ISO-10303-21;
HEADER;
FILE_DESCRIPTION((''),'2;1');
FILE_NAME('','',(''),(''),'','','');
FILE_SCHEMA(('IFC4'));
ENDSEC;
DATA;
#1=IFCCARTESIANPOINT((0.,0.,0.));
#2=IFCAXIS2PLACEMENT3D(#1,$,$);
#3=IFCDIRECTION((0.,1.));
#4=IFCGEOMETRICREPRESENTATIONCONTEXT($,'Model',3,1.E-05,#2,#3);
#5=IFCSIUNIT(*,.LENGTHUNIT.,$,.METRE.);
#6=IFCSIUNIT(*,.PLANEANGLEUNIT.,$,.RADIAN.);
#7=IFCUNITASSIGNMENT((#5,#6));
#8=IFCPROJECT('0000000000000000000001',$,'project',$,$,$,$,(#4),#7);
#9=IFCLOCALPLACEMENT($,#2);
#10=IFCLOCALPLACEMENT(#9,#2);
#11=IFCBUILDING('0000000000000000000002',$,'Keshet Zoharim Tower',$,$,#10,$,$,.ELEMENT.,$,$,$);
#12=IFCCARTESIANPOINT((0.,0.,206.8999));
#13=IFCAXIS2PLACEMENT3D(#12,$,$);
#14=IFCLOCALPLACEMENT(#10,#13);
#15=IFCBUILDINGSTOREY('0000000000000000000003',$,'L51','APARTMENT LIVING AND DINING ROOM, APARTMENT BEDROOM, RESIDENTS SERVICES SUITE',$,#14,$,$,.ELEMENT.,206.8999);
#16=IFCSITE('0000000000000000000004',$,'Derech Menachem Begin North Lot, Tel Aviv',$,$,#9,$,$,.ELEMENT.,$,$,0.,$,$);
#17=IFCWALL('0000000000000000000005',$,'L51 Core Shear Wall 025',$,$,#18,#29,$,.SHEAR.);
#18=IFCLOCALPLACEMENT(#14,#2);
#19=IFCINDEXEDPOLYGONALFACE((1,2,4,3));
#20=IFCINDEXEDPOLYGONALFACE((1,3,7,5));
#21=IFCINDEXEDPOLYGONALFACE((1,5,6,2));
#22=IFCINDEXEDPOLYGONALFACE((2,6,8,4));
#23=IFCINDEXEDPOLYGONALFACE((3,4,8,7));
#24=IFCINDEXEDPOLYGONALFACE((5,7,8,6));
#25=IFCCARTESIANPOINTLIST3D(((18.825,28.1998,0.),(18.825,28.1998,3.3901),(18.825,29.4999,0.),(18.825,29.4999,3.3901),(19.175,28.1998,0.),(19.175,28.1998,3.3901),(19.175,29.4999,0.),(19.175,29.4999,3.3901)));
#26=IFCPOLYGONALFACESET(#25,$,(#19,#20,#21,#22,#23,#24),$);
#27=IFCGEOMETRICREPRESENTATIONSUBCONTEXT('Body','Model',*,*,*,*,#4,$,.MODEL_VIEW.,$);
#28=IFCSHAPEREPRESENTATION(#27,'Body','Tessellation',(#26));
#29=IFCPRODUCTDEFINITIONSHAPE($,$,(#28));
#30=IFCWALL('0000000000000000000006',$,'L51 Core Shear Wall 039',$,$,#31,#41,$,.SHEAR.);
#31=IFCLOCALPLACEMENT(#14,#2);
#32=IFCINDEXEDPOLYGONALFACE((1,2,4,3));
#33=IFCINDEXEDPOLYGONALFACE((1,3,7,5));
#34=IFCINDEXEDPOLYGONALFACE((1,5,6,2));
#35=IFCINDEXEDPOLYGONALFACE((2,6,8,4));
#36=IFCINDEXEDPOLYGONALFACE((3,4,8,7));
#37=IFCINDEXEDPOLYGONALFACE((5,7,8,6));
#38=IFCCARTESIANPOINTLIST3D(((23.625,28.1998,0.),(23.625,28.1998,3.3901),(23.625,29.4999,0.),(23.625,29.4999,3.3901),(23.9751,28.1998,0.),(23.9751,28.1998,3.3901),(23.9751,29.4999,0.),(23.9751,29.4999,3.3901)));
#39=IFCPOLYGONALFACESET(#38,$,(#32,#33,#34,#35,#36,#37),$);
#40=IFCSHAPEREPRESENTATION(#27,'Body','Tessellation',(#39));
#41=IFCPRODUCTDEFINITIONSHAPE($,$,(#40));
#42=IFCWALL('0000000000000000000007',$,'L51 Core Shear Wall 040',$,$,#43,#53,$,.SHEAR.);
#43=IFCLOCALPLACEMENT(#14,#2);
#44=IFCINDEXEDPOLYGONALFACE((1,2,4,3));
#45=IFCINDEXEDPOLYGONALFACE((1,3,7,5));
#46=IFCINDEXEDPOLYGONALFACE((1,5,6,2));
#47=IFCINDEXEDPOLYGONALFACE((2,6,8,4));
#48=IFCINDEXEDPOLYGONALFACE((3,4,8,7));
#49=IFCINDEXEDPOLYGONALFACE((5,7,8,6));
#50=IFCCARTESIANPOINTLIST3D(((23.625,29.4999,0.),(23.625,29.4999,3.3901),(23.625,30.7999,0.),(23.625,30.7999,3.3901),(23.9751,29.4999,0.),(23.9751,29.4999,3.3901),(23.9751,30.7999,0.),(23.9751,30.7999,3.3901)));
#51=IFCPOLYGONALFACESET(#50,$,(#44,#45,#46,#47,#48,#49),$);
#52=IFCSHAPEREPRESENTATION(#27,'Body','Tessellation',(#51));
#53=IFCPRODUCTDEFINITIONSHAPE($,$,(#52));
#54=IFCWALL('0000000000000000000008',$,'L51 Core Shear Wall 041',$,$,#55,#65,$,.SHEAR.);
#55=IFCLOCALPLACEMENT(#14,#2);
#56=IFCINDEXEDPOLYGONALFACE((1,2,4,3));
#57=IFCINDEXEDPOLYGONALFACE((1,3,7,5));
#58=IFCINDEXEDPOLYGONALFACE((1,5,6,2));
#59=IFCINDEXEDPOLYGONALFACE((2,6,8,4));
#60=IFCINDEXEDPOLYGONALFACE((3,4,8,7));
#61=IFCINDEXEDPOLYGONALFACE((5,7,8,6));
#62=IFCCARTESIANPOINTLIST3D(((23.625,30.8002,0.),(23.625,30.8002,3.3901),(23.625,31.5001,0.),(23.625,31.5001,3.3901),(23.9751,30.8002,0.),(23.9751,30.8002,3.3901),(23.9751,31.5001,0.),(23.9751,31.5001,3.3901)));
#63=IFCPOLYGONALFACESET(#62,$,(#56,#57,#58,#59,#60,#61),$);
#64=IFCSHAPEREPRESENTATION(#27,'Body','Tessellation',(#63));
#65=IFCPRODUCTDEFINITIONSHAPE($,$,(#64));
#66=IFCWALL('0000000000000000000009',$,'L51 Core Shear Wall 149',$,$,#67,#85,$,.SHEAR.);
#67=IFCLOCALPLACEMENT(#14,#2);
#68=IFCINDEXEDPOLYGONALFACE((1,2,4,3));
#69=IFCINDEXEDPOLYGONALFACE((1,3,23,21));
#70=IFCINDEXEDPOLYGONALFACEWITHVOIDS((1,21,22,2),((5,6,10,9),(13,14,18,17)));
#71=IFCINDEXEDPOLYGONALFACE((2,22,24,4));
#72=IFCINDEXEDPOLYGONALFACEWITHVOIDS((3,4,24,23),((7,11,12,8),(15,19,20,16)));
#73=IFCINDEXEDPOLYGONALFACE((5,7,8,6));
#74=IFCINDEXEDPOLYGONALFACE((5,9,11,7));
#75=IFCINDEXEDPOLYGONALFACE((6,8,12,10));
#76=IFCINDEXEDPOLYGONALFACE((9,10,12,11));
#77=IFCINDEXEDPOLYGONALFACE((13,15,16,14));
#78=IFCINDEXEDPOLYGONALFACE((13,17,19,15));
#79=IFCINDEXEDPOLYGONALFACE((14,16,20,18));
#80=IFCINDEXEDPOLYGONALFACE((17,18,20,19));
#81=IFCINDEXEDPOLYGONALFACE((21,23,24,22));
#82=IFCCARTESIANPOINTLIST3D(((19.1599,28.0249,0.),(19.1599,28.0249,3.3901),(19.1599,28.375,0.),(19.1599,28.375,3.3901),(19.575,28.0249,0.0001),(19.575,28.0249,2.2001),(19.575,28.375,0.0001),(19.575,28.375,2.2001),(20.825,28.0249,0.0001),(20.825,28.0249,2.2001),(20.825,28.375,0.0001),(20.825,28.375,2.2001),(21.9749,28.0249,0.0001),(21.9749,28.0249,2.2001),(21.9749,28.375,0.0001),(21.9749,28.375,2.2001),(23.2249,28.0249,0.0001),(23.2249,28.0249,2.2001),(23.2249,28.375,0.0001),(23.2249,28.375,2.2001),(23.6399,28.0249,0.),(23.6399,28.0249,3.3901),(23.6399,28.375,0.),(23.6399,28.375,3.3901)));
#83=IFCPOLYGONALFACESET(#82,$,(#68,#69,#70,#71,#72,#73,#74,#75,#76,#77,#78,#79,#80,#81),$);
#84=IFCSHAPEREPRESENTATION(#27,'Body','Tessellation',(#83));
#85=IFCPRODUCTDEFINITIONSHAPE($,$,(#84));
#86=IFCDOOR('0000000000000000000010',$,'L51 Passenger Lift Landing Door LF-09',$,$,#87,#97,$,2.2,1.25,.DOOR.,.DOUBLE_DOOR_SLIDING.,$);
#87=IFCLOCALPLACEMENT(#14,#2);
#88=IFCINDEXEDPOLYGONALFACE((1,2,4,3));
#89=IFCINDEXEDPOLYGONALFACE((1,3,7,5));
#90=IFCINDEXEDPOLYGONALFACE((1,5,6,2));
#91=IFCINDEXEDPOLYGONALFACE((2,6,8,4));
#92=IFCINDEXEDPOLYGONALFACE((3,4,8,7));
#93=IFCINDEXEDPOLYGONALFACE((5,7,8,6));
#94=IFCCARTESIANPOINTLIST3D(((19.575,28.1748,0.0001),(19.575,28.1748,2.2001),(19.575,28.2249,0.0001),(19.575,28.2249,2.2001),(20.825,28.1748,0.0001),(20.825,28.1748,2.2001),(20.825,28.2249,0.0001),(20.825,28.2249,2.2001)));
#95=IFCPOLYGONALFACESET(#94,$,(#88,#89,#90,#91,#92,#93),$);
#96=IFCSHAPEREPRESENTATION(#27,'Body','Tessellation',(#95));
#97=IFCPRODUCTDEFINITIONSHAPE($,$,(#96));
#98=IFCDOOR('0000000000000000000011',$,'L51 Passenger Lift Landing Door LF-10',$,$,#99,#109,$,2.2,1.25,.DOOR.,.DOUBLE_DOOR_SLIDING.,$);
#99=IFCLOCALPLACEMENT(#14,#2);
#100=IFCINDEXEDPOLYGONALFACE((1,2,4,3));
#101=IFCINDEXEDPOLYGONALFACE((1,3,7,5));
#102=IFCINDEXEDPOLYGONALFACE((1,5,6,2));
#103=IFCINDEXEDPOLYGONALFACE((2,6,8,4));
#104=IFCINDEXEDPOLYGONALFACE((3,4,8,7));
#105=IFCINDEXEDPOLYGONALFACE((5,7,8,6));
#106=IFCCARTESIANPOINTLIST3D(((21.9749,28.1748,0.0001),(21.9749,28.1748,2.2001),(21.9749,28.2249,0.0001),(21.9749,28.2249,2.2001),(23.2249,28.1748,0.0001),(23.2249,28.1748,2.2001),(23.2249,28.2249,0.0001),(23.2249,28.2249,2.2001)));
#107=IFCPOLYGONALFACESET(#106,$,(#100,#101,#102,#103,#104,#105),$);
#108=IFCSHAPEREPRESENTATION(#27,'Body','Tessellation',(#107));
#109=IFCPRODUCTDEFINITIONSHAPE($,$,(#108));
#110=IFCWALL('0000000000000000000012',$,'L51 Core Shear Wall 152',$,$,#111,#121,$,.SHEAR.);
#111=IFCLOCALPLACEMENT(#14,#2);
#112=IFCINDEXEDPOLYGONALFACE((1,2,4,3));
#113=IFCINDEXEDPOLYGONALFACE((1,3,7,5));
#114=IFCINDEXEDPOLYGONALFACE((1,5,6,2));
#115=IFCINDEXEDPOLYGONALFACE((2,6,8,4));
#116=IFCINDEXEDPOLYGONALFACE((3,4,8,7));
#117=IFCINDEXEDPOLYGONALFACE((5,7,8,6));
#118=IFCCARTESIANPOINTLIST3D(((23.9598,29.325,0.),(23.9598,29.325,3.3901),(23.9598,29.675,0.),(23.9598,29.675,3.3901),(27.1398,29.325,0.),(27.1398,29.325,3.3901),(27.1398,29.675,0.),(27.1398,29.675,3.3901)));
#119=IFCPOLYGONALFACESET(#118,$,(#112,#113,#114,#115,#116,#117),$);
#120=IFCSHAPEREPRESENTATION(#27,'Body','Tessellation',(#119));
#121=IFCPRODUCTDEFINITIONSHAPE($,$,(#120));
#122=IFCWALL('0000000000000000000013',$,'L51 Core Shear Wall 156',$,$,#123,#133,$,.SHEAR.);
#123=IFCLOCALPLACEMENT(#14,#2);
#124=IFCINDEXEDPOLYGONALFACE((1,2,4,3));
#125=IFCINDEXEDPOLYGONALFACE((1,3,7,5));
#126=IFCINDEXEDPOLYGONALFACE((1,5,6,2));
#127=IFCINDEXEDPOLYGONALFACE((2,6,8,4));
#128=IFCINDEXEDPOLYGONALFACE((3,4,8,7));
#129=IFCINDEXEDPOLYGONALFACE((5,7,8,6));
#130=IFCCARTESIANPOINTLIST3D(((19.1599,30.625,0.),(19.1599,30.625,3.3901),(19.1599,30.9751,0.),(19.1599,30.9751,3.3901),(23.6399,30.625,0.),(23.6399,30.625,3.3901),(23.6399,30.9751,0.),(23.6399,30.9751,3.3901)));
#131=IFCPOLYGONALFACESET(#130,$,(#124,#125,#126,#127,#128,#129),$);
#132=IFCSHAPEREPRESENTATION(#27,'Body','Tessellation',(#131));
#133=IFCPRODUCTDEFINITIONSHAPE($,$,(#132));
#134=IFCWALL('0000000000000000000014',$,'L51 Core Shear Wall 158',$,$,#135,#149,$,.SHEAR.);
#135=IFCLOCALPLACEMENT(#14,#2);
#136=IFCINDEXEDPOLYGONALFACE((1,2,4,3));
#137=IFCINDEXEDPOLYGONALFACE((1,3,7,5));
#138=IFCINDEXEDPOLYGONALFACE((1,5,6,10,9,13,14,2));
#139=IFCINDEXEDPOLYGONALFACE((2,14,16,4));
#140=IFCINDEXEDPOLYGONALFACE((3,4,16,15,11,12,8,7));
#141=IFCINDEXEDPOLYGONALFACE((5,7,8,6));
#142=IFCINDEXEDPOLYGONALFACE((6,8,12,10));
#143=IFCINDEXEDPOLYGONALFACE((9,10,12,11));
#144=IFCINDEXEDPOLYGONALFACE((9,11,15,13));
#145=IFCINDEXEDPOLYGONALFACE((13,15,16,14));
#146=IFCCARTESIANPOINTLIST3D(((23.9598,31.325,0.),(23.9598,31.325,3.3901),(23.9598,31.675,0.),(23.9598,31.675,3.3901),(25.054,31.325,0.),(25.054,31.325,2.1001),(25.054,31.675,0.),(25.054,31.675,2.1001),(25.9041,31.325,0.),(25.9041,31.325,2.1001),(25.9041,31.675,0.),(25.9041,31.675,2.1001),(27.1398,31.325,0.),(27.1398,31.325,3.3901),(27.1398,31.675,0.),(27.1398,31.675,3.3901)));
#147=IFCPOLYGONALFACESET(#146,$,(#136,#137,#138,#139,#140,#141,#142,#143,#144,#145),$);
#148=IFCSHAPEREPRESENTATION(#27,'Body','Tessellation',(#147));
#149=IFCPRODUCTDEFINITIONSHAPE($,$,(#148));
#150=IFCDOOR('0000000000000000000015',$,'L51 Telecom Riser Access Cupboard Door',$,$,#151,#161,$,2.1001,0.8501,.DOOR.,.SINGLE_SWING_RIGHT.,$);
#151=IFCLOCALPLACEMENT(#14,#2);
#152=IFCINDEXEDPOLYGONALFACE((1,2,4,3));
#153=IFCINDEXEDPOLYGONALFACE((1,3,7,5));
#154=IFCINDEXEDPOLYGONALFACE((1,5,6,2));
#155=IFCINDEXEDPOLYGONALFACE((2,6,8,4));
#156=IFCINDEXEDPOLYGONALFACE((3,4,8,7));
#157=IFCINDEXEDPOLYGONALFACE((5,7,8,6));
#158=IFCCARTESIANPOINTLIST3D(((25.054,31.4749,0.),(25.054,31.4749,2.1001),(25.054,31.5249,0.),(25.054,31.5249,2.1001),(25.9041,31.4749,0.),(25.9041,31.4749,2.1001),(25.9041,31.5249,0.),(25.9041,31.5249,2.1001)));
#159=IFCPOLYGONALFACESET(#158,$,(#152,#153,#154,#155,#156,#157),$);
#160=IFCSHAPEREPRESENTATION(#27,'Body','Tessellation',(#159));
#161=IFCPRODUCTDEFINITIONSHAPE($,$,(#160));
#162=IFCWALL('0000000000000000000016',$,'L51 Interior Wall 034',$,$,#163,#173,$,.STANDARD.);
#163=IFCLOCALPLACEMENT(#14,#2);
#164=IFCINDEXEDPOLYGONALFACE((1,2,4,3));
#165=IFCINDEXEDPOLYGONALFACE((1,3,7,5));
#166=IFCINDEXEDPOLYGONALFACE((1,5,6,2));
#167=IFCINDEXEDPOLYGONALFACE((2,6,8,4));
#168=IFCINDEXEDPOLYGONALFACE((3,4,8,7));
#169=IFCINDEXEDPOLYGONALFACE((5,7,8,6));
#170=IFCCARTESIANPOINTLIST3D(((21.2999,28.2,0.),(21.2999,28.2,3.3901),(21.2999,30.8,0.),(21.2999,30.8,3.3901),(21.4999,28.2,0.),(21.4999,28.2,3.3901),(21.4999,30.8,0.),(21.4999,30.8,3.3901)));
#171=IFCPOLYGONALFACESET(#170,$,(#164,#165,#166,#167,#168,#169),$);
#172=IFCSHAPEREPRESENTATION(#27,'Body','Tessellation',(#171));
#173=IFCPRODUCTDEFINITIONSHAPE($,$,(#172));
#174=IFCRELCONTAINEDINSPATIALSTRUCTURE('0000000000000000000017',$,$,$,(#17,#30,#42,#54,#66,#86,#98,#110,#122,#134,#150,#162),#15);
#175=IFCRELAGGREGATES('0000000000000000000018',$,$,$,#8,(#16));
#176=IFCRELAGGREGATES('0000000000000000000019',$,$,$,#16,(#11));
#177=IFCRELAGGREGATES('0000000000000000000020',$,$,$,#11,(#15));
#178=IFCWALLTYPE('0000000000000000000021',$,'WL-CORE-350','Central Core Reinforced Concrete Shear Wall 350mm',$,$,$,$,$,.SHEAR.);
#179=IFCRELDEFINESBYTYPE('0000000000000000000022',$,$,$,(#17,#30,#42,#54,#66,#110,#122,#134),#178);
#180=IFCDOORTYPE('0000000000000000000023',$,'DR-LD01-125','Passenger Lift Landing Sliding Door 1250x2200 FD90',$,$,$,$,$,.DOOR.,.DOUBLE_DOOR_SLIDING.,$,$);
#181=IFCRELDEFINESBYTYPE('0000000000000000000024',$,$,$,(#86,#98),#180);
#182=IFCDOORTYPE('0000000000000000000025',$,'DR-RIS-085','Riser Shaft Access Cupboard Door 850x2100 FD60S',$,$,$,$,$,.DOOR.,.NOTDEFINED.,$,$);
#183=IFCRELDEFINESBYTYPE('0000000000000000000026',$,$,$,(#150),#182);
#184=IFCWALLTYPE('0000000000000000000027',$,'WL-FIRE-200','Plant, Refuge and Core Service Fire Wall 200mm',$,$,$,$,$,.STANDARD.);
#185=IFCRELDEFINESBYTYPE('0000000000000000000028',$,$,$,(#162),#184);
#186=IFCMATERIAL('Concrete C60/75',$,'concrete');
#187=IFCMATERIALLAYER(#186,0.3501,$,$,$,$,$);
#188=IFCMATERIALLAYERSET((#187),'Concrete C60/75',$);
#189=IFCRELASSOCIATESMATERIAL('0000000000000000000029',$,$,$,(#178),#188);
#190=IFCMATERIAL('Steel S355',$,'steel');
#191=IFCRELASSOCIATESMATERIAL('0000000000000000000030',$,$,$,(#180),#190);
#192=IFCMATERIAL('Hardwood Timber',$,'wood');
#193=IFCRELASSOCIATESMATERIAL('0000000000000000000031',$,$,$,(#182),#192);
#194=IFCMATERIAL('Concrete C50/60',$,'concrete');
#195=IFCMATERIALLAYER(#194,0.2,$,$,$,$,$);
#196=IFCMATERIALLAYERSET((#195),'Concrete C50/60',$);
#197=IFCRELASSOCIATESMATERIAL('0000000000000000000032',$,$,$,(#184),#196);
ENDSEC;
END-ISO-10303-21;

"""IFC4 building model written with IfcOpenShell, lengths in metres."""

from ifc_helpers import new_model, si_unit, direction, frame, frame_2d, origin, place, context, subcontext, project, spatial, rectangle, extrude, material, layer, layer_set, type_object, element, fill, save


model = new_model("IFC4")

# Units and contexts
model_context = context("Model", 3, precision=1e-05, world=origin(), true_north=direction((0.0, 1.0)))
body_context = subcontext(model_context, "Body", "Model", "MODEL_VIEW")
ifc_project = project(units=[si_unit("LENGTHUNIT", "METRE"), si_unit("PLANEANGLEUNIT", "RADIAN")], contexts=[model_context])

# Site, building, storey
site_placement = place(None, origin())
site = spatial("IfcSite", under=ifc_project, at=site_placement, Name="Derech Menachem Begin North Lot, Tel Aviv", CompositionType="ELEMENT", RefElevation=0.0)
building_placement = place(site_placement, origin())
building = spatial("IfcBuilding", under=site, at=building_placement, Name="Keshet Zoharim Tower", CompositionType="ELEMENT")
storey_placement = place(building_placement, frame((0.0, 0.0, 206.8999)))
storey = spatial("IfcBuildingStorey", under=building, at=storey_placement, Name="L51", Description="APARTMENT LIVING AND DINING ROOM, APARTMENT BEDROOM, RESIDENTS SERVICES SUITE", CompositionType="ELEMENT", Elevation=206.8999)

# Wall
ifc_material_1 = material(Name="Concrete C60/75", Category="concrete")
ifc_layer_1 = layer(ifc_material_1, 0.3501)
ifc_layer_set_1 = layer_set([ifc_layer_1], Name="Concrete C60/75")
wall_type_1 = type_object("IfcWallType", Name="WL-CORE-350", Description="Central Core Reinforced Concrete Shear Wall 350mm", PredefinedType="SHEAR", material=ifc_layer_set_1)
wall_1_placement = place(storey_placement, frame((19.0, 28.2, 0.0), z_axis=(0.0, 0.0, 1.0), x_axis=(0.0, 1.0, 0.0)))
element("IfcWall", 1, at=wall_1_placement, inside=storey, type_object=wall_type_1, Name="L51 Core Shear Wall 025", PredefinedType="SHEAR", context=body_context, shape_type="SweptSolid", body=[
    extrude(rectangle(XDim=1.3, YDim=0.3501, at=frame_2d((0.6499, 0.0))), origin(), (0.0, 0.0, 1.0), 3.3901),
])

# Shared definitions
ifc_material_2 = material(Name="Hardwood Timber", Category="wood")

# Walls
for number, where, z_axis, x_axis, name in (
    (2, (23.8, 28.2, 0.0), (0.0, 0.0, 1.0), (0.0, 1.0, 0.0), "L51 Core Shear Wall 039"),
    (3, (23.8, 29.5, 0.0), (0.0, 0.0, 1.0), (0.0, 1.0, 0.0), "L51 Core Shear Wall 040"),
):
    element("IfcWall", number, at=place(storey_placement, frame(where, z_axis=z_axis, x_axis=x_axis)), inside=storey, type_object=wall_type_1, Name=name, PredefinedType="SHEAR", context=body_context, shape_type="SweptSolid", body=[
        extrude(rectangle(XDim=1.3, YDim=0.3501, at=frame_2d((0.6499, 0.0))), origin(), (0.0, 0.0, 1.0), 3.3901),
    ])
wall_2_placement = place(storey_placement, frame((23.8, 30.8, 0.0), z_axis=(0.0, 0.0, 1.0), x_axis=(0.0, 1.0, 0.0)))
element("IfcWall", 4, at=wall_2_placement, inside=storey, type_object=wall_type_1, Name="L51 Core Shear Wall 041", PredefinedType="SHEAR", context=body_context, shape_type="SweptSolid", body=[
    extrude(rectangle(XDim=0.7, YDim=0.3501, at=frame_2d((0.3501, 0.0))), origin(), (0.0, 0.0, 1.0), 3.3901),
])

# Wall, openings, doors
wall_3_placement = place(storey_placement, frame((19.1599, 28.2, 0.0), z_axis=(0.0, 0.0, 1.0), x_axis=(1.0, 0.0, 0.0)))
wall_3 = element("IfcWall", 5, at=wall_3_placement, inside=storey, type_object=wall_type_1, Name="L51 Core Shear Wall 149", PredefinedType="SHEAR", context=body_context, shape_type="SweptSolid", body=[
    extrude(rectangle(XDim=4.48, YDim=0.3501, at=frame_2d((2.24, 0.0))), origin(), (0.0, 0.0, 1.0), 3.3901),
])
opening_1_placement = place(wall_3_placement, frame((0.415, 0.0, 0.0)))
opening_1 = element("IfcOpeningElement", 6, at=opening_1_placement, cuts=wall_3, PredefinedType="OPENING", context=body_context, shape_type="SweptSolid", body=[
    extrude(rectangle(XDim=1.25, YDim=2.2, at=frame_2d((0.625, 1.1001))), frame((0.0, 0.1851, 0.0), z_axis=(0.0, -1.0, 0.0), x_axis=(1.0, 0.0, 0.0)), (0.0, 0.0, 1.0), 0.3701),
])
opening_2_placement = place(wall_3_placement, frame((2.8149, 0.0, 0.0)))
opening_2 = element("IfcOpeningElement", 7, at=opening_2_placement, cuts=wall_3, PredefinedType="OPENING", context=body_context, shape_type="SweptSolid", body=[
    extrude(rectangle(XDim=1.25, YDim=2.2, at=frame_2d((0.625, 1.1001))), frame((0.0, 0.1851, 0.0), z_axis=(0.0, -1.0, 0.0), x_axis=(1.0, 0.0, 0.0)), (0.0, 0.0, 1.0), 0.3701),
])
ifc_material_3 = material(Name="Steel S355", Category="steel")
door_type_1 = type_object("IfcDoorType", Name="DR-LD01-125", Description="Passenger Lift Landing Sliding Door 1250x2200 FD90", OperationType="DOUBLE_DOOR_SLIDING", PredefinedType="DOOR", material=ifc_material_3)
door_1_placement = place(opening_1_placement, origin())
door_1 = element("IfcDoor", 8, at=door_1_placement, inside=storey, type_object=door_type_1, Name="L51 Passenger Lift Landing Door LF-09", OperationType="DOUBLE_DOOR_SLIDING", OverallHeight=2.2, OverallWidth=1.25, PredefinedType="DOOR", context=body_context, shape_type="SweptSolid", body=[
    extrude(rectangle(XDim=1.25, YDim=2.2, at=frame_2d((0.625, 1.1001))), frame((0.0, 0.0249, 0.0), z_axis=(0.0, -1.0, 0.0), x_axis=(1.0, 0.0, 0.0)), (0.0, 0.0, 1.0), 0.05),
])
fill(opening_1, door_1)
door_2_placement = place(opening_2_placement, origin())
door_2 = element("IfcDoor", 9, at=door_2_placement, inside=storey, type_object=door_type_1, Name="L51 Passenger Lift Landing Door LF-10", OperationType="DOUBLE_DOOR_SLIDING", OverallHeight=2.2, OverallWidth=1.25, PredefinedType="DOOR", context=body_context, shape_type="SweptSolid", body=[
    extrude(rectangle(XDim=1.25, YDim=2.2, at=frame_2d((0.625, 1.1001))), frame((0.0, 0.0249, 0.0), z_axis=(0.0, -1.0, 0.0), x_axis=(1.0, 0.0, 0.0)), (0.0, 0.0, 1.0), 0.05),
])
fill(opening_2, door_2)

# Walls
wall_4_placement = place(storey_placement, frame((23.96, 29.5, 0.0), z_axis=(0.0, 0.0, 1.0), x_axis=(1.0, 0.0, 0.0)))
element("IfcWall", 10, at=wall_4_placement, inside=storey, type_object=wall_type_1, Name="L51 Core Shear Wall 152", PredefinedType="SHEAR", context=body_context, shape_type="SweptSolid", body=[
    extrude(rectangle(XDim=3.1799, YDim=0.3501, at=frame_2d((1.5898, 0.0))), origin(), (0.0, 0.0, 1.0), 3.3901),
])
wall_5_placement = place(storey_placement, frame((19.1599, 30.8, 0.0), z_axis=(0.0, 0.0, 1.0), x_axis=(1.0, 0.0, 0.0)))
element("IfcWall", 11, at=wall_5_placement, inside=storey, type_object=wall_type_1, Name="L51 Core Shear Wall 156", PredefinedType="SHEAR", context=body_context, shape_type="SweptSolid", body=[
    extrude(rectangle(XDim=4.48, YDim=0.3501, at=frame_2d((2.24, 0.0))), origin(), (0.0, 0.0, 1.0), 3.3901),
])

# Wall, opening, door
wall_6_placement = place(storey_placement, frame((23.96, 31.5, 0.0), z_axis=(0.0, 0.0, 1.0), x_axis=(1.0, 0.0, 0.0)))
wall_6 = element("IfcWall", 12, at=wall_6_placement, inside=storey, type_object=wall_type_1, Name="L51 Core Shear Wall 158", PredefinedType="SHEAR", context=body_context, shape_type="SweptSolid", body=[
    extrude(rectangle(XDim=3.1799, YDim=0.3501, at=frame_2d((1.5898, 0.0))), origin(), (0.0, 0.0, 1.0), 3.3901),
])
opening_3_placement = place(wall_6_placement, frame((1.094, 0.0, 0.0)))
opening_3 = element("IfcOpeningElement", 13, at=opening_3_placement, cuts=wall_6, PredefinedType="OPENING", context=body_context, shape_type="SweptSolid", body=[
    extrude(rectangle(XDim=0.8501, YDim=2.1001, at=frame_2d((0.425, 1.05))), frame((0.0, 0.1851, 0.0), z_axis=(0.0, -1.0, 0.0), x_axis=(1.0, 0.0, 0.0)), (0.0, 0.0, 1.0), 0.3701),
])
door_type_2 = type_object("IfcDoorType", Name="DR-RIS-085", Description="Riser Shaft Access Cupboard Door 850x2100 FD60S", OperationType="NOTDEFINED", PredefinedType="DOOR", material=ifc_material_2)
door_3_placement = place(opening_3_placement, origin())
door_3 = element("IfcDoor", 14, at=door_3_placement, inside=storey, type_object=door_type_2, Name="L51 Telecom Riser Access Cupboard Door", OperationType="SINGLE_SWING_RIGHT", OverallHeight=2.1001, OverallWidth=0.8501, PredefinedType="DOOR", context=body_context, shape_type="SweptSolid", body=[
    extrude(rectangle(XDim=0.8501, YDim=2.1001, at=frame_2d((0.425, 1.05))), frame((0.0, 0.0249, 0.0), z_axis=(0.0, -1.0, 0.0), x_axis=(1.0, 0.0, 0.0)), (0.0, 0.0, 1.0), 0.05),
])
fill(opening_3, door_3)

# Wall
ifc_material_4 = material(Name="Concrete C50/60", Category="concrete")
ifc_layer_2 = layer(ifc_material_4, 0.2)
ifc_layer_set_2 = layer_set([ifc_layer_2], Name="Concrete C50/60")
wall_type_2 = type_object("IfcWallType", Name="WL-FIRE-200", Description="Plant, Refuge and Core Service Fire Wall 200mm", PredefinedType="STANDARD", material=ifc_layer_set_2)
wall_7_placement = place(storey_placement, frame((21.3999, 28.2, 0.0), z_axis=(0.0, 0.0, 1.0), x_axis=(0.0, 1.0, 0.0)))
element("IfcWall", 15, at=wall_7_placement, inside=storey, type_object=wall_type_2, Name="L51 Interior Wall 034", PredefinedType="STANDARD", context=body_context, shape_type="SweptSolid", body=[
    extrude(rectangle(XDim=2.6001, YDim=0.2, at=frame_2d((1.3, 0.0))), origin(), (0.0, 0.0, 1.0), 3.3901),
])

save(model, "model.ifc")
